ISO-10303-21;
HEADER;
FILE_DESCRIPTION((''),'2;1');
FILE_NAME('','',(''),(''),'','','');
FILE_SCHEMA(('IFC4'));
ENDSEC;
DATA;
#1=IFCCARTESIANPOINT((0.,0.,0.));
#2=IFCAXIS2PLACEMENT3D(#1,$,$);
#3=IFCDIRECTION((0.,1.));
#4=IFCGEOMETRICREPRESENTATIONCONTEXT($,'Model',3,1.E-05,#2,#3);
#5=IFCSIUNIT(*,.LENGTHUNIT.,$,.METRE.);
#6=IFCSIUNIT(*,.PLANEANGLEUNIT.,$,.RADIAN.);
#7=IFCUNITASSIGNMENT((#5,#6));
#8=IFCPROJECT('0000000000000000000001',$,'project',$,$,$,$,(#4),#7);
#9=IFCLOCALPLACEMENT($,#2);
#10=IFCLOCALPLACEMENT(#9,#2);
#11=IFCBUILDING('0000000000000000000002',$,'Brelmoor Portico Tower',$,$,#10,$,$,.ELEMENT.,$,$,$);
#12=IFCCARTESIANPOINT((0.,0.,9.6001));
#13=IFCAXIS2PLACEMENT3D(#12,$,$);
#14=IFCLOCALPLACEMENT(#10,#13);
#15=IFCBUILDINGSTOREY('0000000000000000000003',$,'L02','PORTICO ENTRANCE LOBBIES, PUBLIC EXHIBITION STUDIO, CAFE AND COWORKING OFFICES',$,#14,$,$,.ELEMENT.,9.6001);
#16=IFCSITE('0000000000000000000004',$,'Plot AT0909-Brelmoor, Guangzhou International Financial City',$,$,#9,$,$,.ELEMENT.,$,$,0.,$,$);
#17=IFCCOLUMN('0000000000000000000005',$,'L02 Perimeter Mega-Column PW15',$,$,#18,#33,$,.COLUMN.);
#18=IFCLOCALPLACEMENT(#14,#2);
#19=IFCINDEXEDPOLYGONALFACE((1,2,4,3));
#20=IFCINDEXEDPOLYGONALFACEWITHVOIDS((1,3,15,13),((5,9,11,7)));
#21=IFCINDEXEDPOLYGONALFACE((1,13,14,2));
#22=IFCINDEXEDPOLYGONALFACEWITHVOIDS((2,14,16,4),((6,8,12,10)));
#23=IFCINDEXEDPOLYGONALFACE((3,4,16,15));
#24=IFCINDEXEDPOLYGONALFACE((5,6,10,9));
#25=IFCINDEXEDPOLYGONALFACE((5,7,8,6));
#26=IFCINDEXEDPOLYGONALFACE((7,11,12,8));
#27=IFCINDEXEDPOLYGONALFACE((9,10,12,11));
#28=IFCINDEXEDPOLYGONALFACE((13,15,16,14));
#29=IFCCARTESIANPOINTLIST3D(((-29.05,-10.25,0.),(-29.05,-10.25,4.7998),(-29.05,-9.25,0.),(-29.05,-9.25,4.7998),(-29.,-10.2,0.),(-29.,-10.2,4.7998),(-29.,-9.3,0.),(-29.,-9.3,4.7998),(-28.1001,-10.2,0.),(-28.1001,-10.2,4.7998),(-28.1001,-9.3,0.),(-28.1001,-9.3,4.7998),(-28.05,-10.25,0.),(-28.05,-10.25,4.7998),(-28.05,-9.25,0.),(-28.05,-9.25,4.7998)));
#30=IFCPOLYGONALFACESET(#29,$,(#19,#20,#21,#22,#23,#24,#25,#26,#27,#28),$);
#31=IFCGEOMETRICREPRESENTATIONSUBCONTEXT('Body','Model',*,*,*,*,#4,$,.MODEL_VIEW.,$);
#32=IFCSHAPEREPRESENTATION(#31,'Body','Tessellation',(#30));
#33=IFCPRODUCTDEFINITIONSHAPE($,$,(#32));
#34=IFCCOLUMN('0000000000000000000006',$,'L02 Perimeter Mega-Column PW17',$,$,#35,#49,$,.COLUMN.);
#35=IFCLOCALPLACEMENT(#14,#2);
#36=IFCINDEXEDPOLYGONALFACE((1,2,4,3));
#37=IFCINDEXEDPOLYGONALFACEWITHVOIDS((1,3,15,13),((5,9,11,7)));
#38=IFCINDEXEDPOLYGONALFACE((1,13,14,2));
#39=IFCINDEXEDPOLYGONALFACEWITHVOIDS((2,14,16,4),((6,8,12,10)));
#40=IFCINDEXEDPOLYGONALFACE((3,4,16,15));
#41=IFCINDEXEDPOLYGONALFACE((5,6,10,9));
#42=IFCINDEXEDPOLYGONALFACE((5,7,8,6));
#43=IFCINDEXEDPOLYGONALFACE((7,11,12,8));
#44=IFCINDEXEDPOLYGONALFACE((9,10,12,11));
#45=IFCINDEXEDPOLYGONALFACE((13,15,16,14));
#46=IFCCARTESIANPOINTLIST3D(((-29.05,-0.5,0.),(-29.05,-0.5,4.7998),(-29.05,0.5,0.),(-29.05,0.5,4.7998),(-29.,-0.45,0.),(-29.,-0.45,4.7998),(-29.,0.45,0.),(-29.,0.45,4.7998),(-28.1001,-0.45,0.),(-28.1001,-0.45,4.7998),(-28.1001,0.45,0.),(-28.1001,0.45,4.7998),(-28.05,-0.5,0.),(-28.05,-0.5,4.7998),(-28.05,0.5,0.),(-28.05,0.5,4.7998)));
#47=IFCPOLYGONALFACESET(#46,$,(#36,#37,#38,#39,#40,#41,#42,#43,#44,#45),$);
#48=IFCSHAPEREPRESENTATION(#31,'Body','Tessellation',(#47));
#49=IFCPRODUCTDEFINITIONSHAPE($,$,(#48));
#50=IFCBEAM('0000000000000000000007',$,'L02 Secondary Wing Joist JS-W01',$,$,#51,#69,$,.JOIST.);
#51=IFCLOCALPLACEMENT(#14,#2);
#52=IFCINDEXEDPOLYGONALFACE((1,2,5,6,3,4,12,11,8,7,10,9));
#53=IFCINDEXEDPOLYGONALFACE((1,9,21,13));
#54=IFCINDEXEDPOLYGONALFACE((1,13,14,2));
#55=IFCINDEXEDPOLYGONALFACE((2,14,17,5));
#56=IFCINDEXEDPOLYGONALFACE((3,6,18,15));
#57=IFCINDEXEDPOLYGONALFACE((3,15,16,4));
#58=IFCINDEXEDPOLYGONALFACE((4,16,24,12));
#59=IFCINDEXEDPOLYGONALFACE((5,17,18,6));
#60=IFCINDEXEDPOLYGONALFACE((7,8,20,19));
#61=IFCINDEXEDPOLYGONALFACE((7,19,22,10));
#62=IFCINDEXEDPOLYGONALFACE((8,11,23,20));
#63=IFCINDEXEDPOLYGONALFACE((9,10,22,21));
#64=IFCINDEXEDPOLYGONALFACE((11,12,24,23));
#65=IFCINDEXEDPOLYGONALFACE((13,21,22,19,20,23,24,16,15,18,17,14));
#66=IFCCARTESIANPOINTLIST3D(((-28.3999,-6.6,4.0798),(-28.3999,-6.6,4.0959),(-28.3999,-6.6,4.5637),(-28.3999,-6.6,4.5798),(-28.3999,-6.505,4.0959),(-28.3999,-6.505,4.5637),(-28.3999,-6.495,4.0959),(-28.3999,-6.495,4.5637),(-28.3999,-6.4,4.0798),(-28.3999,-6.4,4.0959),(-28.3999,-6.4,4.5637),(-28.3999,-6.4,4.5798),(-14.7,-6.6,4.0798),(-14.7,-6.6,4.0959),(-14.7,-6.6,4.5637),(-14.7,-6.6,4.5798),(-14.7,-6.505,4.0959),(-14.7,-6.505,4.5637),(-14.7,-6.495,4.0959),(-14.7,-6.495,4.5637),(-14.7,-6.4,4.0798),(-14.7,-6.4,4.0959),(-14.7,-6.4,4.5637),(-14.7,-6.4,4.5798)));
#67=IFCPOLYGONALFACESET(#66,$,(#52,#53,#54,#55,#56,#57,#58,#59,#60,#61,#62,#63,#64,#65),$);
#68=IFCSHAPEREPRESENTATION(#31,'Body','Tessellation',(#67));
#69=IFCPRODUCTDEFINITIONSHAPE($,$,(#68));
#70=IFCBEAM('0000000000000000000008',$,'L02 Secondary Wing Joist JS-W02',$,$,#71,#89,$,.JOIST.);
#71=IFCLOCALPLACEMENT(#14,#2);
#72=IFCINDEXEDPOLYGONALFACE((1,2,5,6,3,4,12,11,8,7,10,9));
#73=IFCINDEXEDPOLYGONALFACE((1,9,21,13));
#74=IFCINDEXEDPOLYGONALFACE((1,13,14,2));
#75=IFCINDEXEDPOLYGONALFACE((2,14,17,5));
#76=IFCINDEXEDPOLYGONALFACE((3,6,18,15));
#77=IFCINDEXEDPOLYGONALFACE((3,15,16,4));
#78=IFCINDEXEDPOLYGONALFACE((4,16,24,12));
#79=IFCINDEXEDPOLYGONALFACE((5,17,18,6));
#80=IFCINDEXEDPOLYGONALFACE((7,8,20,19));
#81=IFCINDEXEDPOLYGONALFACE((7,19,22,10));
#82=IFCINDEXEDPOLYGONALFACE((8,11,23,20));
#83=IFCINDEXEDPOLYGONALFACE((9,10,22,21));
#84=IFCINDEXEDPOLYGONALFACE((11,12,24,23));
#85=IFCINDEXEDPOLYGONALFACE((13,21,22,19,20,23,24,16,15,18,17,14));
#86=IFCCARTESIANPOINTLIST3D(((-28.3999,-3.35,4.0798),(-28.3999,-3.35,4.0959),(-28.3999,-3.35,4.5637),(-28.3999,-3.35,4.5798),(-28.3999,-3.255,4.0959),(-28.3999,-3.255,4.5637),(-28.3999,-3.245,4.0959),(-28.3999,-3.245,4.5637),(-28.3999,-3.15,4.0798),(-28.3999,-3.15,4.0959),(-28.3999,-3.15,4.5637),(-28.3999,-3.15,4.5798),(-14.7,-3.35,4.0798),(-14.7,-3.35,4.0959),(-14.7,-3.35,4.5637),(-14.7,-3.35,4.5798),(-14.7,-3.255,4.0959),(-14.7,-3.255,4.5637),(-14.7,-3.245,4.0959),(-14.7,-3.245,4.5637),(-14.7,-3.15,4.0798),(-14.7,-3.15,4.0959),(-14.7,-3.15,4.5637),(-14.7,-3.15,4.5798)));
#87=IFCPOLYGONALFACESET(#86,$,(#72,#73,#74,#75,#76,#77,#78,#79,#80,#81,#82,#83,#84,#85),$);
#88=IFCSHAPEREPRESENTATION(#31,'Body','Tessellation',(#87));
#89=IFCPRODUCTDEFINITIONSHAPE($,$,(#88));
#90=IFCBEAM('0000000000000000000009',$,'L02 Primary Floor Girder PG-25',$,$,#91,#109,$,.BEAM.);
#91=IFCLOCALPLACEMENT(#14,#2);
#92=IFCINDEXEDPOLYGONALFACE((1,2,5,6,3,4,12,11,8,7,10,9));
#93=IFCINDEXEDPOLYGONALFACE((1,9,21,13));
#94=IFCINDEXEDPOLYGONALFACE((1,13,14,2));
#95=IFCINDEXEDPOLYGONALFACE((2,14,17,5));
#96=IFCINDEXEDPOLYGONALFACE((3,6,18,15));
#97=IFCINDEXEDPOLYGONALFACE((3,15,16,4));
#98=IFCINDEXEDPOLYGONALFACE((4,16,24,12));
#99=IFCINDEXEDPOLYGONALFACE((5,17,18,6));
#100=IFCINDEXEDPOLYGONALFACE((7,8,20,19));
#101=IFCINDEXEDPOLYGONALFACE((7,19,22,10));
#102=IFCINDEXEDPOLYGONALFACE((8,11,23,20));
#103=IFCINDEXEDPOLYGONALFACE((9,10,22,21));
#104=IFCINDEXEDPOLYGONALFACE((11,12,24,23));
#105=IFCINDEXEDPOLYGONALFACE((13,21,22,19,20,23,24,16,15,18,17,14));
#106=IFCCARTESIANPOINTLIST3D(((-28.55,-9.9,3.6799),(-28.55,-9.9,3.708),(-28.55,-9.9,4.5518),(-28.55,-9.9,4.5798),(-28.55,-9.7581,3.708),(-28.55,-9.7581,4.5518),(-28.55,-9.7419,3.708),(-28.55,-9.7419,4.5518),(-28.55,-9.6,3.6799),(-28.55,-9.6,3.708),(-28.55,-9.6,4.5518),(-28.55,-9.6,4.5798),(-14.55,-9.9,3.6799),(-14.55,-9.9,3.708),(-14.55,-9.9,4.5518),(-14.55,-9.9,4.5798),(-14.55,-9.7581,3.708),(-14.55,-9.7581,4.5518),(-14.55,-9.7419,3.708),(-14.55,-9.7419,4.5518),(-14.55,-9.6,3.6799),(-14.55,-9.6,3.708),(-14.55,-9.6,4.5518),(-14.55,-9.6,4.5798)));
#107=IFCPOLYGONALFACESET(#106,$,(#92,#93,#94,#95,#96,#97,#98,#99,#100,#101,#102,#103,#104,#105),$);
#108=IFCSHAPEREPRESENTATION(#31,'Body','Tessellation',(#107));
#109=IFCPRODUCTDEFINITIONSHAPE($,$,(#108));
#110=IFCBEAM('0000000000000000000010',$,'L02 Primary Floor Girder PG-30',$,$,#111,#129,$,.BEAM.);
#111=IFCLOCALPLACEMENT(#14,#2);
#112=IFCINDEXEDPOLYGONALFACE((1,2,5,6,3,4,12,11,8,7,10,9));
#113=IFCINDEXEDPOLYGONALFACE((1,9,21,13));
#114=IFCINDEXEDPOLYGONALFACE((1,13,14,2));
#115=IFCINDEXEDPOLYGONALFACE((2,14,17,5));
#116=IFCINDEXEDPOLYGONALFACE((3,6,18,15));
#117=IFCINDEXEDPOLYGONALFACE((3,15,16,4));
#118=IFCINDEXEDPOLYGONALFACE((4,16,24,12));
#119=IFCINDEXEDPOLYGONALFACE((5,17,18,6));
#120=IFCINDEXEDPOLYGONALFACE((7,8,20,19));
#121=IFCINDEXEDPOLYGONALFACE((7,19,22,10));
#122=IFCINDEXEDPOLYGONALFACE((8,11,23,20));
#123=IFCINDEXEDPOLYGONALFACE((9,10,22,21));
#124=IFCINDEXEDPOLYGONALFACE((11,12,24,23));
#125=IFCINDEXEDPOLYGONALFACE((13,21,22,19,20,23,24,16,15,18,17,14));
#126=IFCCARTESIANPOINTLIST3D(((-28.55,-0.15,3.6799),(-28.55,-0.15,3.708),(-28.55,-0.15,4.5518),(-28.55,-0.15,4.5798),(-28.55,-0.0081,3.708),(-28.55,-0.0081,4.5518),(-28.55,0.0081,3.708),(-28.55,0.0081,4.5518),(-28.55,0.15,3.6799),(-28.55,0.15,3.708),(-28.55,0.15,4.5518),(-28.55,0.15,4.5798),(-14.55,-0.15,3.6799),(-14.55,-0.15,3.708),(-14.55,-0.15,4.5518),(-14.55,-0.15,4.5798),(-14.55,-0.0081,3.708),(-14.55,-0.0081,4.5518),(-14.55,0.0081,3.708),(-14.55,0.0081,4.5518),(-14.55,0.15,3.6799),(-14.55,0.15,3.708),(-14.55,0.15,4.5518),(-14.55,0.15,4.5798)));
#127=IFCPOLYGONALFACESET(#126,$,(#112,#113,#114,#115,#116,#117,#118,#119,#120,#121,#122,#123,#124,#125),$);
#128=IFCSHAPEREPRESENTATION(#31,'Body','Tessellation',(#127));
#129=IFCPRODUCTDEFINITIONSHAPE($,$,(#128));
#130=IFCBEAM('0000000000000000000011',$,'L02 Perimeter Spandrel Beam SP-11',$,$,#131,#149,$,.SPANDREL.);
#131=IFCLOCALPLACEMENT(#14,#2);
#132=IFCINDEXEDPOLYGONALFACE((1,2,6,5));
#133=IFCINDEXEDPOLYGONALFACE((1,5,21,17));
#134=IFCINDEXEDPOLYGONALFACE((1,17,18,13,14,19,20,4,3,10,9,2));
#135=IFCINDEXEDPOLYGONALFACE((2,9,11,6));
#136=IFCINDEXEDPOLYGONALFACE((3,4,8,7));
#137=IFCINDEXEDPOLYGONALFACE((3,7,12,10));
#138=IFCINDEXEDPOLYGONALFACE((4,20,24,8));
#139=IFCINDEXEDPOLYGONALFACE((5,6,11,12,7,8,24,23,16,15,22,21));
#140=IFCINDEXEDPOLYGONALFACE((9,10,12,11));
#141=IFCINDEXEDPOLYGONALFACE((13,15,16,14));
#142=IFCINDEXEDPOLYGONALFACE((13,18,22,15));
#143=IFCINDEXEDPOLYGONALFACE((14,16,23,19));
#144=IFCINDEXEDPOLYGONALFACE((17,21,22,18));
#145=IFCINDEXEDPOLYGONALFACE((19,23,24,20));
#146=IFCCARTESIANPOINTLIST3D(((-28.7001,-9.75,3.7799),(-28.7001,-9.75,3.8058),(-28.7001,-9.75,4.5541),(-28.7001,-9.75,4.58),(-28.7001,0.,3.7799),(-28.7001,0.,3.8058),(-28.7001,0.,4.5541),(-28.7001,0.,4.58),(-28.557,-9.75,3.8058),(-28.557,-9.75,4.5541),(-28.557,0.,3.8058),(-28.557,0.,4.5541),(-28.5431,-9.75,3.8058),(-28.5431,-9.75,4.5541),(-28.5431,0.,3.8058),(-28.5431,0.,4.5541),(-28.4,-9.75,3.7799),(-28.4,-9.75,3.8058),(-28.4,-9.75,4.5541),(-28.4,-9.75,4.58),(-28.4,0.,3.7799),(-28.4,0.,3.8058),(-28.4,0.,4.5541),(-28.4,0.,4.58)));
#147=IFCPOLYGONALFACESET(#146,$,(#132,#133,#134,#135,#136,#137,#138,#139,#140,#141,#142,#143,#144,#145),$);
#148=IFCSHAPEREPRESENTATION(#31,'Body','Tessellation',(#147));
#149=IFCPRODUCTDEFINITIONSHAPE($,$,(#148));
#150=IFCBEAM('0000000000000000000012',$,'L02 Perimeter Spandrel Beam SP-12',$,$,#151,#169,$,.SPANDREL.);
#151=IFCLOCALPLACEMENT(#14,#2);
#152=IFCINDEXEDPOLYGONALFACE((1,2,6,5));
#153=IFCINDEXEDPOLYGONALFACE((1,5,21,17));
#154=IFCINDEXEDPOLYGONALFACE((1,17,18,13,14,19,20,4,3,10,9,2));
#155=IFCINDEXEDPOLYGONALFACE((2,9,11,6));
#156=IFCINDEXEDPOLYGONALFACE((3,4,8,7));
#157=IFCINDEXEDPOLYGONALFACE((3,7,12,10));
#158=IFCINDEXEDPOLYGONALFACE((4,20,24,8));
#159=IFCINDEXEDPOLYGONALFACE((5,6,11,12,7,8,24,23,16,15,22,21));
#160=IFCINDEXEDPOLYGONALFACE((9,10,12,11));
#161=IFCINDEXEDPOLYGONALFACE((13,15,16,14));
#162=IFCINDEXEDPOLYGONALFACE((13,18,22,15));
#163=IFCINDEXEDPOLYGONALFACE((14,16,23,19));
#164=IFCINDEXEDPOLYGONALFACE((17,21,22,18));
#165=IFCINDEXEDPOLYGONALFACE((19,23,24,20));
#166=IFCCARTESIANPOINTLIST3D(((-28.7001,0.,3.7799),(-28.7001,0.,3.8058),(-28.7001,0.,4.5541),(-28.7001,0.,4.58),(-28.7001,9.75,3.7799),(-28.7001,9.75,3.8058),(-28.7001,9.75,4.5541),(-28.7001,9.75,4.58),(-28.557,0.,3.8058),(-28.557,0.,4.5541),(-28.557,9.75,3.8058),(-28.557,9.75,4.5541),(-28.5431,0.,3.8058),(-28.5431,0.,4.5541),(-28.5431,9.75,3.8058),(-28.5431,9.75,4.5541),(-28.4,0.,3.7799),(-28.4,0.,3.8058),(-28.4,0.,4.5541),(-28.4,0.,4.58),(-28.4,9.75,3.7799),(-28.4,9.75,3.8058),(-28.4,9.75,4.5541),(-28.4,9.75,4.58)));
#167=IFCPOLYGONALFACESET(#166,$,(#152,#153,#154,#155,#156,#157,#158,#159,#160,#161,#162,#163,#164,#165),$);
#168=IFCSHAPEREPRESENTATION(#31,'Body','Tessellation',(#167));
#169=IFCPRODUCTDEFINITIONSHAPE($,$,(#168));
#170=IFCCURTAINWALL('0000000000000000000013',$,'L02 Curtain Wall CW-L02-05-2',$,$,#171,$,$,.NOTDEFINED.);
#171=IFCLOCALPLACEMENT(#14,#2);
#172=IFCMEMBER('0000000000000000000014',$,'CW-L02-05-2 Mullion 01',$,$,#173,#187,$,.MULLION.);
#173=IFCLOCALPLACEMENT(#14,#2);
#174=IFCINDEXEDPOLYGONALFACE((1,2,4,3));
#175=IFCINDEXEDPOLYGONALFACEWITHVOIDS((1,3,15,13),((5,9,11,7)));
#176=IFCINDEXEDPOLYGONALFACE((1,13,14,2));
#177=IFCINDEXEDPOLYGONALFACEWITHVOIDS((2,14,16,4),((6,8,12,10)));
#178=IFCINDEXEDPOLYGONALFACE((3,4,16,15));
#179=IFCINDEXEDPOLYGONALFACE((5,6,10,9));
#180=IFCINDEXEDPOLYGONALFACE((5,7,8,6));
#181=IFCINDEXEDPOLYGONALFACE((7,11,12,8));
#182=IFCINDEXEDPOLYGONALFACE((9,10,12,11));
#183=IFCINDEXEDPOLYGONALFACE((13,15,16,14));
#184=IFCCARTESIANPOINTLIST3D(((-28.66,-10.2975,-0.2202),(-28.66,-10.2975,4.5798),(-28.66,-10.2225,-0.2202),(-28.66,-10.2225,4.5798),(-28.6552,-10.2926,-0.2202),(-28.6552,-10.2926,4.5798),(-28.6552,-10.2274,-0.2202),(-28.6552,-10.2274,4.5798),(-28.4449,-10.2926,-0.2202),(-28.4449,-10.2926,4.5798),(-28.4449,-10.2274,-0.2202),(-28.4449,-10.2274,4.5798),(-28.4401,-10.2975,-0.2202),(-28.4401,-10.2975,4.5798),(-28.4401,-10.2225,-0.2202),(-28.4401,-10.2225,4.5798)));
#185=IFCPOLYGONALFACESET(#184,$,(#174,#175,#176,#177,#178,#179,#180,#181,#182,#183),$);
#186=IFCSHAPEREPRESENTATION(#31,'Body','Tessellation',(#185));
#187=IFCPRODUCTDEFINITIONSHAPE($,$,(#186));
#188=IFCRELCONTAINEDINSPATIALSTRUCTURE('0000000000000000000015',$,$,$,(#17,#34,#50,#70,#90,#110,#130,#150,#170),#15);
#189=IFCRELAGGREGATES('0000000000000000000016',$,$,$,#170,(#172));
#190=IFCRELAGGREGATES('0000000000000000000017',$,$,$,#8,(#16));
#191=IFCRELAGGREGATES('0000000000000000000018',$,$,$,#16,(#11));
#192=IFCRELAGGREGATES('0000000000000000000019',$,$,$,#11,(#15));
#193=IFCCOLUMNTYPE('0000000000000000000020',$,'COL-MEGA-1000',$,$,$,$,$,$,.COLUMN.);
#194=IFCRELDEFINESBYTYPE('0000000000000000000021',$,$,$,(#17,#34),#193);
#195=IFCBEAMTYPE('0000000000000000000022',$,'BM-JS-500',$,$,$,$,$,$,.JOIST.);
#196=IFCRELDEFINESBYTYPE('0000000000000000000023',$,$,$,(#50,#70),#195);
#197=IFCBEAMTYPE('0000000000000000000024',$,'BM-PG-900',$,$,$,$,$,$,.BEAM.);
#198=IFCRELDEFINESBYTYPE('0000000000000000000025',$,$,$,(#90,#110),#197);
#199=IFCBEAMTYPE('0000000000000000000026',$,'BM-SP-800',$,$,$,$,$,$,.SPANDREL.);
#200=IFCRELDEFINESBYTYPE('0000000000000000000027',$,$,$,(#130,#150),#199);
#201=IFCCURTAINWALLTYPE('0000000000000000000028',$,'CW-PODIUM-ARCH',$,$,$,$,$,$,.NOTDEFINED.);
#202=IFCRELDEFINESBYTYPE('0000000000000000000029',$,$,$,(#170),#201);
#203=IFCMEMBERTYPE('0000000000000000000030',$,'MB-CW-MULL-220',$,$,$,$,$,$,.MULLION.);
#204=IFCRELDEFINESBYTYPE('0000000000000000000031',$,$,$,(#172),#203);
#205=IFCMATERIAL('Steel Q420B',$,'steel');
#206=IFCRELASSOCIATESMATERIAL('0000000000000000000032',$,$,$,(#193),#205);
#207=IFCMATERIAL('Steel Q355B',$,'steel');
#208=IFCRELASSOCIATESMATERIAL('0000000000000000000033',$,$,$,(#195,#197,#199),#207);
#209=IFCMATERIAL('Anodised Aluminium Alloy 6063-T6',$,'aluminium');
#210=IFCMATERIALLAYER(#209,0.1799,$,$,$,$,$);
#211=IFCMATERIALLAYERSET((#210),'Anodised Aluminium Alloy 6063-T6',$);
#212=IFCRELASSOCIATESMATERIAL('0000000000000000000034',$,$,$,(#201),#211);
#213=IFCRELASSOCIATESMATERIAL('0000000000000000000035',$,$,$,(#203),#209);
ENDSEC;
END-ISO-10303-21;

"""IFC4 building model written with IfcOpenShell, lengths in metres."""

from ifc_helpers import new_model, si_unit, direction, frame, origin, origin_2d, place, context, subcontext, project, spatial, hollow_rectangle, i_section, extrude, material, layer, layer_set, material_profile, profile_set, type_object, element, aggregate, save


model = new_model("IFC4")

# Units and contexts
model_context = context("Model", 3, precision=1e-05, world=origin(), true_north=direction((0.0, 1.0)))
body_context = subcontext(model_context, "Body", "Model", "MODEL_VIEW")
ifc_project = project(units=[si_unit("LENGTHUNIT", "METRE"), si_unit("PLANEANGLEUNIT", "RADIAN")], contexts=[model_context])

# Site, building, storey
site_placement = place(None, origin())
site = spatial("IfcSite", under=ifc_project, at=site_placement, Name="Plot AT0909-Brelmoor, Guangzhou International Financial City", CompositionType="ELEMENT", RefElevation=0.0)
building_placement = place(site_placement, origin())
building = spatial("IfcBuilding", under=site, at=building_placement, Name="Brelmoor Portico Tower", CompositionType="ELEMENT")
storey_placement = place(building_placement, frame((0.0, 0.0, 9.6001)))
storey = spatial("IfcBuildingStorey", under=building, at=storey_placement, Name="L02", Description="PORTICO ENTRANCE LOBBIES, PUBLIC EXHIBITION STUDIO, CAFE AND COWORKING OFFICES", CompositionType="ELEMENT", Elevation=9.6001)

# Columns
ifc_material_1 = material(Name="Steel Q420B", Category="steel")
ifc_material_profile_1 = material_profile(ifc_material_1, hollow_rectangle(XDim=1.0, YDim=1.0, WallThickness=0.05, at=origin_2d()), Name="BOX 1000x1000x50")
ifc_profile_set_1 = profile_set([ifc_material_profile_1], Name="Steel Q420B")
column_type = type_object("IfcColumnType", Name="COL-MEGA-1000", PredefinedType="COLUMN", material=ifc_profile_set_1)
for number, where, z_axis, x_axis, name in (
    (1, (-28.55, -9.75, 0.0), (0.0, 0.0, 1.0), (0.0, 1.0, 0.0), "L02 Perimeter Mega-Column PW15"),
    (2, (-28.55, 0.0, 0.0), (0.0, 0.0, 1.0), (0.0, 1.0, 0.0), "L02 Perimeter Mega-Column PW17"),
):
    element("IfcColumn", number, at=place(storey_placement, frame(where, z_axis=z_axis, x_axis=x_axis)), inside=storey, type_object=column_type, Name=name, PredefinedType="COLUMN", context=body_context, shape_type="SweptSolid", body=[
        extrude(hollow_rectangle(XDim=1.0, YDim=1.0, WallThickness=0.05, at=origin_2d()), origin(), (0.0, 0.0, 1.0), 4.7998),
    ])

# Beams
ifc_material_2 = material(Name="Steel Q355B", Category="steel")
ifc_material_profile_2 = material_profile(ifc_material_2, i_section(OverallWidth=0.2, OverallDepth=0.5, WebThickness=0.01, FlangeThickness=0.0161, at=origin_2d()), Name="HN 500x200x10x16")
ifc_profile_set_2 = profile_set([ifc_material_profile_2], Name="Steel Q355B")
beam_type_1 = type_object("IfcBeamType", Name="BM-JS-500", PredefinedType="JOIST", material=ifc_profile_set_2)
for number, where, z_axis, x_axis, name in (
    (3, (-28.3999, -6.5, 4.3298), (1.0, 0.0, 0.0), (0.0, 1.0, 0.0), "L02 Secondary Wing Joist JS-W01"),
    (4, (-28.3999, -3.25, 4.3298), (1.0, 0.0, 0.0), (0.0, 1.0, 0.0), "L02 Secondary Wing Joist JS-W02"),
):
    element("IfcBeam", number, at=place(storey_placement, frame(where, z_axis=z_axis, x_axis=x_axis)), inside=storey, type_object=beam_type_1, Name=name, PredefinedType="JOIST", context=body_context, shape_type="SweptSolid", body=[
        extrude(i_section(OverallWidth=0.2, OverallDepth=0.5, WebThickness=0.01, FlangeThickness=0.0161, at=origin_2d()), origin(), (0.0, 0.0, 1.0), 13.7),
    ])
ifc_material_profile_3 = material_profile(ifc_material_2, i_section(OverallWidth=0.3, OverallDepth=0.8999, WebThickness=0.0161, FlangeThickness=0.0281, at=origin_2d()), Name="HN 900x300x16x28")
ifc_profile_set_3 = profile_set([ifc_material_profile_3], Name="Steel Q355B")
beam_type_2 = type_object("IfcBeamType", Name="BM-PG-900", PredefinedType="BEAM", material=ifc_profile_set_3)
for number, where, z_axis, x_axis, name in (
    (5, (-28.55, -9.75, 4.1299), (1.0, 0.0, 0.0), (0.0, 1.0, 0.0), "L02 Primary Floor Girder PG-25"),
    (6, (-28.55, 0.0, 4.1299), (1.0, 0.0, 0.0), (0.0, 1.0, 0.0), "L02 Primary Floor Girder PG-30"),
):
    element("IfcBeam", number, at=place(storey_placement, frame(where, z_axis=z_axis, x_axis=x_axis)), inside=storey, type_object=beam_type_2, Name=name, PredefinedType="BEAM", context=body_context, shape_type="SweptSolid", body=[
        extrude(i_section(OverallWidth=0.3, OverallDepth=0.8999, WebThickness=0.0161, FlangeThickness=0.0281, at=origin_2d()), origin(), (0.0, 0.0, 1.0), 14.0),
    ])
ifc_material_profile_4 = material_profile(ifc_material_2, i_section(OverallWidth=0.3, OverallDepth=0.8, WebThickness=0.0139, FlangeThickness=0.0259, at=origin_2d()), Name="HN 800x300x14x26")
ifc_profile_set_4 = profile_set([ifc_material_profile_4], Name="Steel Q355B")
beam_type_3 = type_object("IfcBeamType", Name="BM-SP-800", PredefinedType="SPANDREL", material=ifc_profile_set_4)
for number, where, z_axis, x_axis, name in (
    (7, (-28.55, -9.75, 4.1799), (0.0, 1.0, 0.0), (-1.0, 0.0, 0.0), "L02 Perimeter Spandrel Beam SP-11"),
    (8, (-28.55, 0.0, 4.1799), (0.0, 1.0, 0.0), (-1.0, 0.0, 0.0), "L02 Perimeter Spandrel Beam SP-12"),
):
    element("IfcBeam", number, at=place(storey_placement, frame(where, z_axis=z_axis, x_axis=x_axis)), inside=storey, type_object=beam_type_3, Name=name, PredefinedType="SPANDREL", context=body_context, shape_type="SweptSolid", body=[
        extrude(i_section(OverallWidth=0.3, OverallDepth=0.8, WebThickness=0.0139, FlangeThickness=0.0259, at=origin_2d()), origin(), (0.0, 0.0, 1.0), 9.75),
    ])

# Curtain wall, member
ifc_material_3 = material(Name="Anodised Aluminium Alloy 6063-T6", Category="aluminium")
ifc_layer_1 = layer(ifc_material_3, 0.1799)
ifc_layer_set_1 = layer_set([ifc_layer_1], Name="Anodised Aluminium Alloy 6063-T6")
curtain_wall_type = type_object("IfcCurtainWallType", Name="CW-PODIUM-ARCH", PredefinedType="NOTDEFINED", material=ifc_layer_set_1)
curtain_wall_1_placement = place(storey_placement, origin())
curtain_wall_1 = element("IfcCurtainWall", 9, at=curtain_wall_1_placement, inside=storey, type_object=curtain_wall_type, Name="L02 Curtain Wall CW-L02-05-2", PredefinedType="NOTDEFINED")
ifc_material_profile_5 = material_profile(ifc_material_3, hollow_rectangle(XDim=0.075, YDim=0.22, WallThickness=0.0049, at=origin_2d()), Name="ALU MULLION 75x220")
ifc_profile_set_5 = profile_set([ifc_material_profile_5], Name="Anodised Aluminium Alloy 6063-T6")
member_type_1 = type_object("IfcMemberType", Name="MB-CW-MULL-220", PredefinedType="MULLION", material=ifc_profile_set_5)
member_1_placement = place(storey_placement, frame((-28.55, -10.26, -0.2202), z_axis=(0.0, 0.0, 1.0), x_axis=(0.0, 1.0, 0.0)))
member_1 = element("IfcMember", 10, at=member_1_placement, type_object=member_type_1, Name="CW-L02-05-2 Mullion 01", PredefinedType="MULLION", context=body_context, shape_type="SweptSolid", body=[
    extrude(hollow_rectangle(XDim=0.075, YDim=0.22, WallThickness=0.0049, at=origin_2d()), origin(), (0.0, 0.0, 1.0), 4.8),
])

aggregate(curtain_wall_1, [member_1])

save(model, "model.ifc")
